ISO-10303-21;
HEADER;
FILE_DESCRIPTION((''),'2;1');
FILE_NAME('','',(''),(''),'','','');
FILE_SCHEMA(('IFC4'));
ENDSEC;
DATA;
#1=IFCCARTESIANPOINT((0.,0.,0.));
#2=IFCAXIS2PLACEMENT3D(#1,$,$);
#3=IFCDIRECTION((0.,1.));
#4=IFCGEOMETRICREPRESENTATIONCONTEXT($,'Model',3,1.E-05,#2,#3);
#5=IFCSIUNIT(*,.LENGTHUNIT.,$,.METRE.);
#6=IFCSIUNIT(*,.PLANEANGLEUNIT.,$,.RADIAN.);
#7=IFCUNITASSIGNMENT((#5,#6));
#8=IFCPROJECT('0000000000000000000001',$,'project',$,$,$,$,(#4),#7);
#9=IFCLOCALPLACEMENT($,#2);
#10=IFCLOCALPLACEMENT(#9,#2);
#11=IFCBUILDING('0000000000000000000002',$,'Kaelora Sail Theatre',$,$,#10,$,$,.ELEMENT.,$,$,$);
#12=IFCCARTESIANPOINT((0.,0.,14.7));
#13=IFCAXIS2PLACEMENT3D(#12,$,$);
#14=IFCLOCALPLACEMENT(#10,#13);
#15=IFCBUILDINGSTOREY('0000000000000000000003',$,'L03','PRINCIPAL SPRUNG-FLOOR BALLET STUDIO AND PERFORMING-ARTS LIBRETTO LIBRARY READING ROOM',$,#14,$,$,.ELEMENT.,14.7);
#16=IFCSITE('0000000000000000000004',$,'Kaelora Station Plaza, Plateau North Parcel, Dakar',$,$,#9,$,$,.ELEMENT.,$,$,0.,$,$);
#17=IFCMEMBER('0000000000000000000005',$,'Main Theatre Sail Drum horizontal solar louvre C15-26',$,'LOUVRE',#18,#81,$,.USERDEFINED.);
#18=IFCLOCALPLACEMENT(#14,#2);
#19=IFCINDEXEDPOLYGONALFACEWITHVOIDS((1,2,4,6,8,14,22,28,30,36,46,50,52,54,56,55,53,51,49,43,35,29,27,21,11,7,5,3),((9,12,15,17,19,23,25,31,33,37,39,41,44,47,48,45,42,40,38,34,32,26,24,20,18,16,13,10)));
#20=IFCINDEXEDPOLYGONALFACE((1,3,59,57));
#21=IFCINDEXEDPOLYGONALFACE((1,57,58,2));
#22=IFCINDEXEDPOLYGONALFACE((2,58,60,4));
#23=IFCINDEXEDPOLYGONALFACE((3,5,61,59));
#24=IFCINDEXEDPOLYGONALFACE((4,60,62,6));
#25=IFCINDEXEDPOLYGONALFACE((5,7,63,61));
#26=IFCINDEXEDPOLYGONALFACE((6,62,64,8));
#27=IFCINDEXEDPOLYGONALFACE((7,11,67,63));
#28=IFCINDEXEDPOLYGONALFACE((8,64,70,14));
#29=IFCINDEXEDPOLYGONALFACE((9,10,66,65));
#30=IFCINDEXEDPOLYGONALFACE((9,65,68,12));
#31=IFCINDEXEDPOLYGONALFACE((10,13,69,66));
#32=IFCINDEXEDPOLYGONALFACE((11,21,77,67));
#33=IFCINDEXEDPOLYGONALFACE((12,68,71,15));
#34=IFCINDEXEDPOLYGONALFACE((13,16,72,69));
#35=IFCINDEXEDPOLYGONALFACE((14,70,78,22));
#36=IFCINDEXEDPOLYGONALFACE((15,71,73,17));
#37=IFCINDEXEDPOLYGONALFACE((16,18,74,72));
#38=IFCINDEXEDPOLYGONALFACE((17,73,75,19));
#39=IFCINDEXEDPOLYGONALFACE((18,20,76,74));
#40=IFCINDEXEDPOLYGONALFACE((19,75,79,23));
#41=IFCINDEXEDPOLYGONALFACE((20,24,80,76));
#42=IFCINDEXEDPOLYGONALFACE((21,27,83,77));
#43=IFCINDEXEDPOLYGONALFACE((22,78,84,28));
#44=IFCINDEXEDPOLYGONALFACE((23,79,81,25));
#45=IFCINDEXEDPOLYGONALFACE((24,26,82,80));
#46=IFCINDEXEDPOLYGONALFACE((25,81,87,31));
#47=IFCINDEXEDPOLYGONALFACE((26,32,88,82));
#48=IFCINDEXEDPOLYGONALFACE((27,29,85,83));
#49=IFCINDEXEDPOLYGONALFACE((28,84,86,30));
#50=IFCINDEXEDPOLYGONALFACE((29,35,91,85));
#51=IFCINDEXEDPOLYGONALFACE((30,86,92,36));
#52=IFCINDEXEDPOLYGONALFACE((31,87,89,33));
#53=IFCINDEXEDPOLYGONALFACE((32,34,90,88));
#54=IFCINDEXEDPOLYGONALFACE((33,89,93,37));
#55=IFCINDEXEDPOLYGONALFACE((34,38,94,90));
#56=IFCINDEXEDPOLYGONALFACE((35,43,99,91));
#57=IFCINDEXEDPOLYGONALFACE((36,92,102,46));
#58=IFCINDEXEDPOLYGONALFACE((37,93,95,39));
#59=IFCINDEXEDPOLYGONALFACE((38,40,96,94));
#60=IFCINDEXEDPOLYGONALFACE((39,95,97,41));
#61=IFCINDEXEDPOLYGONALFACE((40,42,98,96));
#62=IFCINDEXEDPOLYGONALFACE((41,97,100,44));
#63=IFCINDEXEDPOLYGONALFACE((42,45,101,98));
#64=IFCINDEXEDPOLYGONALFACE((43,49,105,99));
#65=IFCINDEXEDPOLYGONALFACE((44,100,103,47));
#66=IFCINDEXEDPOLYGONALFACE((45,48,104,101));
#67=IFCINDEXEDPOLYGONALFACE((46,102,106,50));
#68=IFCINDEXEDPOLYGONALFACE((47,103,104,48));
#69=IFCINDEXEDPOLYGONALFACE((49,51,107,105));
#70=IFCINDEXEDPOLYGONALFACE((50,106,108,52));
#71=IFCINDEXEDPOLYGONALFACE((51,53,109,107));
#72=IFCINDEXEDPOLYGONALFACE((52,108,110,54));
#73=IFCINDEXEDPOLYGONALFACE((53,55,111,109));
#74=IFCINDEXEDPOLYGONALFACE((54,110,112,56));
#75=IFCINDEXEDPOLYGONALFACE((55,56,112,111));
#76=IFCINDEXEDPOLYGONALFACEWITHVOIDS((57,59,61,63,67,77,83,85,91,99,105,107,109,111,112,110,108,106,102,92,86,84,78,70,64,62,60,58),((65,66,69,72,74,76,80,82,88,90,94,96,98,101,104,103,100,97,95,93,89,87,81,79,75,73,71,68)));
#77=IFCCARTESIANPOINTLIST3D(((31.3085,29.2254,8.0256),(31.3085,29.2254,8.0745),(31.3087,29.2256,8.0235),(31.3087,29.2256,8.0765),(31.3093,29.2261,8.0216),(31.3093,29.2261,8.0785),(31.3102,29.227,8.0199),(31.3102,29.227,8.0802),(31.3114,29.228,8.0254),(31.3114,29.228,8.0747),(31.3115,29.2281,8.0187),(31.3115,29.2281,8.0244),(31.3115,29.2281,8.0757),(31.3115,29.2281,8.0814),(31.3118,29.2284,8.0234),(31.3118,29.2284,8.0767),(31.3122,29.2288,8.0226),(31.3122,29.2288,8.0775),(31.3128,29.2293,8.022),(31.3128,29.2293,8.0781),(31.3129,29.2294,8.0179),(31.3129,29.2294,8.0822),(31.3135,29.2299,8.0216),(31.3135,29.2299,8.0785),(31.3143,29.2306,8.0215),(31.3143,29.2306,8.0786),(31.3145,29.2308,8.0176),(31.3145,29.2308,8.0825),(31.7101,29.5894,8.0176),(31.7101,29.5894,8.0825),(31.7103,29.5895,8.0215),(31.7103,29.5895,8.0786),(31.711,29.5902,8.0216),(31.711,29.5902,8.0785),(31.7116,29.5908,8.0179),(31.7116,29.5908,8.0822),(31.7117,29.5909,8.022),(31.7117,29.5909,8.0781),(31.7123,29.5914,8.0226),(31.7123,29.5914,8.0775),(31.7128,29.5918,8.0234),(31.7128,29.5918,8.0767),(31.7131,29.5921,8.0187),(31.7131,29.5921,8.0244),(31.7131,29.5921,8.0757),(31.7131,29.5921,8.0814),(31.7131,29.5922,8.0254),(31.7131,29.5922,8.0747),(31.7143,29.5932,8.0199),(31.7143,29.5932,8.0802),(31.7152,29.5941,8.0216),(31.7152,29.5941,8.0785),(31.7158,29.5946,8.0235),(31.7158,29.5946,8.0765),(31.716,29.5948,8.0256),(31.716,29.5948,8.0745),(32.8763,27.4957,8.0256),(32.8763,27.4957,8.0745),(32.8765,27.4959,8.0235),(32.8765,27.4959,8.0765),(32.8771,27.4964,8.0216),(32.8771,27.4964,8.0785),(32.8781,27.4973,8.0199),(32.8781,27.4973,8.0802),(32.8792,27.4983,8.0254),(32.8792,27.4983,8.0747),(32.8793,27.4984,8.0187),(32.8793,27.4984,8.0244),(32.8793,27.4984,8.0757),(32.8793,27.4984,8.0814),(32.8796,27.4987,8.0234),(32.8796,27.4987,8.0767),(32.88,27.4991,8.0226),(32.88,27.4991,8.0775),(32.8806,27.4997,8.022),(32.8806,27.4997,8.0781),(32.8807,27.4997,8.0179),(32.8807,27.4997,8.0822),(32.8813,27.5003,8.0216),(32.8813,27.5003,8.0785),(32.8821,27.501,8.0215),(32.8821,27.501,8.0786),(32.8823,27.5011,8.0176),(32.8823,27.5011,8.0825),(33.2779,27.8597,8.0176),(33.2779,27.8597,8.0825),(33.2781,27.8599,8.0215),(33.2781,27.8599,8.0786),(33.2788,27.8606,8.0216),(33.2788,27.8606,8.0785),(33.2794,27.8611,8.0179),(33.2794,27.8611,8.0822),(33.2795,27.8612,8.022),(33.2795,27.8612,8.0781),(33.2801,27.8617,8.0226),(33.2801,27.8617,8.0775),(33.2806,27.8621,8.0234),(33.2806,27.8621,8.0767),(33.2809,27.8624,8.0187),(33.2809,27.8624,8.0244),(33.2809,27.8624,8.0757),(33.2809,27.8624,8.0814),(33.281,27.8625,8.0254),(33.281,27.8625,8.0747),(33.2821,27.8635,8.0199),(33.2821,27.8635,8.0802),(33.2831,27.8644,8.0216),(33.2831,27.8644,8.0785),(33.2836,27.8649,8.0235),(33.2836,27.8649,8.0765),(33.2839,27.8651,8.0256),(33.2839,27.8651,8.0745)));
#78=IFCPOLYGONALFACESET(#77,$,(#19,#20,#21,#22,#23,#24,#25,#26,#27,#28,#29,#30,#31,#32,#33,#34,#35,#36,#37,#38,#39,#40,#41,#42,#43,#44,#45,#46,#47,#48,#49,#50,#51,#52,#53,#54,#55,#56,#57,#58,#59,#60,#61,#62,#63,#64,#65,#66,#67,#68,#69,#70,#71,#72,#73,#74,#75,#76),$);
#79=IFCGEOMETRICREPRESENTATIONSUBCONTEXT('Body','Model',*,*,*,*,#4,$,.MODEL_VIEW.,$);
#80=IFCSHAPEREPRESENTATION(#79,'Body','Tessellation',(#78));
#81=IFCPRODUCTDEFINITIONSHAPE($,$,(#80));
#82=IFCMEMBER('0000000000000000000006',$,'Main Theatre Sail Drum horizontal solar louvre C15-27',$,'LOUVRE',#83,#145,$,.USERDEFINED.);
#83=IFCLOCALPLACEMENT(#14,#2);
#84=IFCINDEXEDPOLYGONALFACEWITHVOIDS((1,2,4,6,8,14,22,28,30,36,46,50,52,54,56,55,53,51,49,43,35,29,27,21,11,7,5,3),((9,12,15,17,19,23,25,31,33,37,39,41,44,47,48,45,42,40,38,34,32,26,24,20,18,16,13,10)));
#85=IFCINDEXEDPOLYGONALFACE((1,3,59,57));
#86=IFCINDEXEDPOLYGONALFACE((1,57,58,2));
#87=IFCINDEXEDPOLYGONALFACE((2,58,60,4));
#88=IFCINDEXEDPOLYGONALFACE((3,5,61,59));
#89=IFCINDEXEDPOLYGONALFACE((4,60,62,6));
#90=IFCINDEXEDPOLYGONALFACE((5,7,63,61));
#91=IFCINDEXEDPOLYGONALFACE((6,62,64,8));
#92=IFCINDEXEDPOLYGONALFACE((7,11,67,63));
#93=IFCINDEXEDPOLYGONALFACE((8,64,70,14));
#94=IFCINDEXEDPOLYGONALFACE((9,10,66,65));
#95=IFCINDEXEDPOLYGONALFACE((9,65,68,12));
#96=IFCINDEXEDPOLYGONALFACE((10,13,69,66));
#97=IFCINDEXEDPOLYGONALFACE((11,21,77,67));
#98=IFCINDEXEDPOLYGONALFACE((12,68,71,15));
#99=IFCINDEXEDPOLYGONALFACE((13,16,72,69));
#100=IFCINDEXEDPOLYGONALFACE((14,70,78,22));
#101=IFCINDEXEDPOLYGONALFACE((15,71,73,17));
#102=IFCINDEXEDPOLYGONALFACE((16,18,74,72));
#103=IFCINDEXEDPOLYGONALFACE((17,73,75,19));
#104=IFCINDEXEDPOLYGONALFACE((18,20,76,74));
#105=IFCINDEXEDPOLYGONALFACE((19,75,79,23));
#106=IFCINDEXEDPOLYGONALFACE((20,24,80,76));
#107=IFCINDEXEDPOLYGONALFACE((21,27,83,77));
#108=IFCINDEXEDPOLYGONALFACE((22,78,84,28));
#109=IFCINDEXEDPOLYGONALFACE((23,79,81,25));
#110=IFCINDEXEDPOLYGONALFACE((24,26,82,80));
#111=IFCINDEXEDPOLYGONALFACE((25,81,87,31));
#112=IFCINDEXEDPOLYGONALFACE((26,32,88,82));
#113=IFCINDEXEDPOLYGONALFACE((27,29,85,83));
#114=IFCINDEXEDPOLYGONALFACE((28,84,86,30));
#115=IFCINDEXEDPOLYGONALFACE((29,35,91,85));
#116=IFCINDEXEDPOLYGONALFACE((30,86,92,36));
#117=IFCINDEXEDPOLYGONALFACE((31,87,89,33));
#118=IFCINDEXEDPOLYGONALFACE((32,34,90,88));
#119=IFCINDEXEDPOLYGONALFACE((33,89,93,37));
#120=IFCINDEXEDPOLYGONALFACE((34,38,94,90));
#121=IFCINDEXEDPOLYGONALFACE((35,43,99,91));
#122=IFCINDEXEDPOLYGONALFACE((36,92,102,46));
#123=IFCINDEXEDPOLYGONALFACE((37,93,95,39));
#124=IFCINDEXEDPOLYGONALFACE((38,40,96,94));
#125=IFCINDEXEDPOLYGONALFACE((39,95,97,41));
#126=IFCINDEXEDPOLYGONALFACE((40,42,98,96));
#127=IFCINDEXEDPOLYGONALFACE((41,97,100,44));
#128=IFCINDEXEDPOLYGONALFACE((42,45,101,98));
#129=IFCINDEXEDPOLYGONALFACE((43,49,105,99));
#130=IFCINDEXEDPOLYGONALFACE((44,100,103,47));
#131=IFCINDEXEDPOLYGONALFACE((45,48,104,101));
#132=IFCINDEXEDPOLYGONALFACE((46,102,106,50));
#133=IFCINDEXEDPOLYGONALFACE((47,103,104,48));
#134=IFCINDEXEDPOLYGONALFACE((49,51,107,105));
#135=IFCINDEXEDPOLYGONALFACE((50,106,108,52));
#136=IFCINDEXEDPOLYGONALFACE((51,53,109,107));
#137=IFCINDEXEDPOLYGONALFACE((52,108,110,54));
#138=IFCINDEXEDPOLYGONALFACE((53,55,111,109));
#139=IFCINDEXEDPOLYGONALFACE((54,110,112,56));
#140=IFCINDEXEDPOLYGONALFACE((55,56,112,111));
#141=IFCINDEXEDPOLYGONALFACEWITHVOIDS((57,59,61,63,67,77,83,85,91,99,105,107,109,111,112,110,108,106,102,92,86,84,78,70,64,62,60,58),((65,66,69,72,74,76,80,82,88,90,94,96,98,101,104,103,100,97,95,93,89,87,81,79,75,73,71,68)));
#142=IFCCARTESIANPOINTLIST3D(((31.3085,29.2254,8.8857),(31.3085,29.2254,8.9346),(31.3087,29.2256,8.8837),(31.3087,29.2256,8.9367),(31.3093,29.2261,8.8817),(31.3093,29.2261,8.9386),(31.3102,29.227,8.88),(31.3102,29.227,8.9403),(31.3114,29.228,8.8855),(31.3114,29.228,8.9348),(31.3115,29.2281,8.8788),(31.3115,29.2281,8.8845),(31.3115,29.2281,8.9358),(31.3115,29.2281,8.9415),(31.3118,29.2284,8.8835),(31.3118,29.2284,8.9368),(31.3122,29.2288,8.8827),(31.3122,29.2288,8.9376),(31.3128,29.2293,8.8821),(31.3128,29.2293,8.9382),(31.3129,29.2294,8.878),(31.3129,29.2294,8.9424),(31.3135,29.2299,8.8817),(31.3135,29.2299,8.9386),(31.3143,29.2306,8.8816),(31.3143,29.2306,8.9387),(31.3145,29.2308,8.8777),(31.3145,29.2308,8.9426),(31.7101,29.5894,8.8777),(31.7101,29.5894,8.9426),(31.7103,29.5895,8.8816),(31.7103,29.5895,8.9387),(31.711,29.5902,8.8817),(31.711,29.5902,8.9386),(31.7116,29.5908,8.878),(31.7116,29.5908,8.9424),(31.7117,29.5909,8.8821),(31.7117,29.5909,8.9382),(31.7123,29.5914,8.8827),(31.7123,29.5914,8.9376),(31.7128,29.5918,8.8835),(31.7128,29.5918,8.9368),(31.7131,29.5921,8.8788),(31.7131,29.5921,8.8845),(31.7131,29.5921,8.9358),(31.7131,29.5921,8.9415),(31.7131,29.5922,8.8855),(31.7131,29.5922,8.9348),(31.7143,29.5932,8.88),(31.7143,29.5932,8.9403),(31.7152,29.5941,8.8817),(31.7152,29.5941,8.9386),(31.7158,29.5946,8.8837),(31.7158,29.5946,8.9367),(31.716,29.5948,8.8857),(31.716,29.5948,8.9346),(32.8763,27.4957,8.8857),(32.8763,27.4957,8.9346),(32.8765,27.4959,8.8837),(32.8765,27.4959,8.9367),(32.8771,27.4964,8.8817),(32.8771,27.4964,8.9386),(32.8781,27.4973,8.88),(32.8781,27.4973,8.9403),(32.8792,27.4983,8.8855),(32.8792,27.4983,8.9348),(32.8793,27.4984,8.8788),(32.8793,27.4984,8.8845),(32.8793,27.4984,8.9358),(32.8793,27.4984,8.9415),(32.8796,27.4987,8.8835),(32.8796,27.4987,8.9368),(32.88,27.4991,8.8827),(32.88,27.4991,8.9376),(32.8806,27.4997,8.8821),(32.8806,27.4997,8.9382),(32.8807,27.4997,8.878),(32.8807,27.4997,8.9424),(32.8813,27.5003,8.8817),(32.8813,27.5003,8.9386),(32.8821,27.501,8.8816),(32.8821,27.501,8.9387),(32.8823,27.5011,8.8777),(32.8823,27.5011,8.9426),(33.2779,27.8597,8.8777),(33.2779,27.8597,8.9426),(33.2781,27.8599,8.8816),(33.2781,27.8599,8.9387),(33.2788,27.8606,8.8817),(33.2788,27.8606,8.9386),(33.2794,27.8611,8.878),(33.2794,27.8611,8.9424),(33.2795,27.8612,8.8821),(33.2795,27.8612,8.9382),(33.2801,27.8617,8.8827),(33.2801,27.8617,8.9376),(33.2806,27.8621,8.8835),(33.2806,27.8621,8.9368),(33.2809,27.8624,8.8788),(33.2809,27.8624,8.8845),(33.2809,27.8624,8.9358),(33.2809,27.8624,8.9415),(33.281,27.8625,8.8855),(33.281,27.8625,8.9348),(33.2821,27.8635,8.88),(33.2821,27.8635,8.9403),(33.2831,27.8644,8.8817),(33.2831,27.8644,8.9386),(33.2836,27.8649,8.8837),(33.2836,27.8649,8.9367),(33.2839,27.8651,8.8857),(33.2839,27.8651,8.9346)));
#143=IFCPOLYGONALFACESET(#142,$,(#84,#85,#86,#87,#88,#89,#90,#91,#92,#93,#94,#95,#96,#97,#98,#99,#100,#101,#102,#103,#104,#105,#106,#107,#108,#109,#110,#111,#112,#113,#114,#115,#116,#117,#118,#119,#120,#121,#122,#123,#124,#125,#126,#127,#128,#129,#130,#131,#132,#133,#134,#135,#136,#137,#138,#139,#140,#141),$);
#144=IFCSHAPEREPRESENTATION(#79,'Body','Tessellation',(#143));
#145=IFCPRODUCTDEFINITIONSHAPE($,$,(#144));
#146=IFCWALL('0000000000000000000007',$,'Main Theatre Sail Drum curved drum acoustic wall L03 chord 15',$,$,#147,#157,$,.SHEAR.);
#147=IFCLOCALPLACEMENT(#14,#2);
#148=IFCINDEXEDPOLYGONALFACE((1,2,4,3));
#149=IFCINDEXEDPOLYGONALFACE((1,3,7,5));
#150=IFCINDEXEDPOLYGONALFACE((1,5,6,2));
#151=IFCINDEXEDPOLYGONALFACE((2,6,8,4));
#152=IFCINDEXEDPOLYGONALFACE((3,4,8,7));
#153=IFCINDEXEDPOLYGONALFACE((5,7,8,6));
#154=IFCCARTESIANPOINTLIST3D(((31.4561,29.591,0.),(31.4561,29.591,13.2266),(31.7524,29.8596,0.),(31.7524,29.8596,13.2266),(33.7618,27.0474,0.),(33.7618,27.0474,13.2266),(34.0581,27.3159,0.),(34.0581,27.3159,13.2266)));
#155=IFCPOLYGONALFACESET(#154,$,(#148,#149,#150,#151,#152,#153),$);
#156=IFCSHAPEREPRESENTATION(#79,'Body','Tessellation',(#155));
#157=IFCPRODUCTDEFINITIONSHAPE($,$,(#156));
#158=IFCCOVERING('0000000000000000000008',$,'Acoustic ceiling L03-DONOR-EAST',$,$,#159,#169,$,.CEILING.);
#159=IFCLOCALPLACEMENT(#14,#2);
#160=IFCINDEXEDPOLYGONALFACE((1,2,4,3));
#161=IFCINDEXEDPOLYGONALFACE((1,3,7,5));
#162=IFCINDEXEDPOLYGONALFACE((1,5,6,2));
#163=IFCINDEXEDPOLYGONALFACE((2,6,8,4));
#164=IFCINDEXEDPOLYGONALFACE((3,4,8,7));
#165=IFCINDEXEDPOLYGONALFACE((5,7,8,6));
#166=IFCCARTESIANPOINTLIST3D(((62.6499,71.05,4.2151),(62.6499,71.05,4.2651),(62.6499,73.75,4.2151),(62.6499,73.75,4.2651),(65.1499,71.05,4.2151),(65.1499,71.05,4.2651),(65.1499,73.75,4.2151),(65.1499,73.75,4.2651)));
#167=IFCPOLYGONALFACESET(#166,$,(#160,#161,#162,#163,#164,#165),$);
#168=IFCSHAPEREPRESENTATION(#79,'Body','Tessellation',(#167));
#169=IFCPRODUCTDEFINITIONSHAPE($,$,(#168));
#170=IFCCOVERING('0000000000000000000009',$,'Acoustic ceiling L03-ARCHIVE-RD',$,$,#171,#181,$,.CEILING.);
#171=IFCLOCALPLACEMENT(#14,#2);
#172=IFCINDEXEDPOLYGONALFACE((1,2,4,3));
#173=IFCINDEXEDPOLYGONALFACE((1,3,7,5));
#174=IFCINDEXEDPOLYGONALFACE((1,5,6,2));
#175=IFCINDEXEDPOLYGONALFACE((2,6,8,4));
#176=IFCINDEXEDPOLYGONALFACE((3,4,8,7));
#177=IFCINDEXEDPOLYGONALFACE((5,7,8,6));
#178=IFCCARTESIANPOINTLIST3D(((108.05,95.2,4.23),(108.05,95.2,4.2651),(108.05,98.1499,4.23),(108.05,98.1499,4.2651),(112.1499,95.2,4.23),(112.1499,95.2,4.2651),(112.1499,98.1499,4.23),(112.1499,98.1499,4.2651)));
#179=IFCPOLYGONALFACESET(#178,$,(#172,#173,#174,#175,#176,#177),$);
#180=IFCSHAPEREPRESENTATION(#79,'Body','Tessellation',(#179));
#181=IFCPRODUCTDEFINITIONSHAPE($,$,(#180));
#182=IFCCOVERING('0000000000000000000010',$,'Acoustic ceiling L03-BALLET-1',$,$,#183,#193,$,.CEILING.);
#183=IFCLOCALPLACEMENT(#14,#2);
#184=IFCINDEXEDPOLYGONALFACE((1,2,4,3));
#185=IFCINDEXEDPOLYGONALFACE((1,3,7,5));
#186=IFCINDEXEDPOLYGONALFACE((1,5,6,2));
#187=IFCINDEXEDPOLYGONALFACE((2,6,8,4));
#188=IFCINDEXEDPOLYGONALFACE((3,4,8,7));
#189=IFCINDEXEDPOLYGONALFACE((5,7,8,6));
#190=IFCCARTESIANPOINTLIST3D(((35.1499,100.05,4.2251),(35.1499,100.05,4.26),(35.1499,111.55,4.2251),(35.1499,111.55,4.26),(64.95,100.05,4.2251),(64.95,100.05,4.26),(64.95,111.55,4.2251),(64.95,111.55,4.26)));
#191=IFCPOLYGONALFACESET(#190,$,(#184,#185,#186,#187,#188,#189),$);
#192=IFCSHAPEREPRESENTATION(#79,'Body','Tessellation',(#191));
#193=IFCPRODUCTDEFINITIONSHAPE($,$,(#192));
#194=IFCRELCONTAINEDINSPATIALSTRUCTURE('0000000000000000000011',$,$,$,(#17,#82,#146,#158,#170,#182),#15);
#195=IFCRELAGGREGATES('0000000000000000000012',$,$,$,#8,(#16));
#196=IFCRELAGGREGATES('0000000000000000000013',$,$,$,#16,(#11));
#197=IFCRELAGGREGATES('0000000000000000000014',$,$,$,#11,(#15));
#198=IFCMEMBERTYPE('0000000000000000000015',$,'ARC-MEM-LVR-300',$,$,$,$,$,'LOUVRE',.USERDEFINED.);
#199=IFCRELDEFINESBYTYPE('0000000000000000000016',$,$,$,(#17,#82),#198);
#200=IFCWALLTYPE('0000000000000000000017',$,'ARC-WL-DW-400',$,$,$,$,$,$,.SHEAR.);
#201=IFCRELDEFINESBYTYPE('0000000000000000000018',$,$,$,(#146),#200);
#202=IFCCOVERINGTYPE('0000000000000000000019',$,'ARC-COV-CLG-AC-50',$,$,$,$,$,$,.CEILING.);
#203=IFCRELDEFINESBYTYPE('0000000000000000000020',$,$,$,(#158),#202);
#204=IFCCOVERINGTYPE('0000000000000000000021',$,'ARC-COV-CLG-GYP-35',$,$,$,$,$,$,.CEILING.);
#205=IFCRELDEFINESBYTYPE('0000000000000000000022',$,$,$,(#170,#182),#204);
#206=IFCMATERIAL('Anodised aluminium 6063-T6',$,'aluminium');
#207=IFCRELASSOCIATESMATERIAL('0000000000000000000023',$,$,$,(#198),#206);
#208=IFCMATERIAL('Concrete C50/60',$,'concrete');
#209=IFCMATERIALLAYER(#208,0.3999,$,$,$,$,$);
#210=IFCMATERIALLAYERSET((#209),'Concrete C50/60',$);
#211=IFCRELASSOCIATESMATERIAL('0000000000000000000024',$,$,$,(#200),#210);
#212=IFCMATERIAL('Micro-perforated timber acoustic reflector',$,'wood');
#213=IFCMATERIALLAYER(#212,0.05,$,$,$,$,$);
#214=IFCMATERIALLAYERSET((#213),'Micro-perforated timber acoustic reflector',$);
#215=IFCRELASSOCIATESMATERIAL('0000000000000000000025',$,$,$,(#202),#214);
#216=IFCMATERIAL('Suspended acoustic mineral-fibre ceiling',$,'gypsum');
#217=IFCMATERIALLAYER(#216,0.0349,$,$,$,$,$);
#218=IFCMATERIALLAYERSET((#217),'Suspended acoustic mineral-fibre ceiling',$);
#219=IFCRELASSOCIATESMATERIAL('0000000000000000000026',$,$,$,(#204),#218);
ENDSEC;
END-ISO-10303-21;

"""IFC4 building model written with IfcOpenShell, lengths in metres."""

from ifc_helpers import new_model, si_unit, direction, frame, frame_2d, origin, origin_2d, place, context, subcontext, project, spatial, polyline, rectangle, hollow_rectangle, outline, extrude, material, layer, layer_set, material_profile, profile_set, type_object, element, save


model = new_model("IFC4")

# Units and contexts
model_context = context("Model", 3, precision=1e-05, world=origin(), true_north=direction((0.0, 1.0)))
body_context = subcontext(model_context, "Body", "Model", "MODEL_VIEW")
ifc_project = project(units=[si_unit("LENGTHUNIT", "METRE"), si_unit("PLANEANGLEUNIT", "RADIAN")], contexts=[model_context])

# Site, building, storey
site_placement = place(None, origin())
site = spatial("IfcSite", under=ifc_project, at=site_placement, Name="Kaelora Station Plaza, Plateau North Parcel, Dakar", CompositionType="ELEMENT", RefElevation=0.0)
building_placement = place(site_placement, origin())
building = spatial("IfcBuilding", under=site, at=building_placement, Name="Kaelora Sail Theatre", CompositionType="ELEMENT")
storey_placement = place(building_placement, frame((0.0, 0.0, 14.7)))
storey = spatial("IfcBuildingStorey", under=building, at=storey_placement, Name="L03", Description="PRINCIPAL SPRUNG-FLOOR BALLET STUDIO AND PERFORMING-ARTS LIBRETTO LIBRARY READING ROOM", CompositionType="ELEMENT", Elevation=14.7)

# Members
ifc_material_1 = material(Name="Anodised aluminium 6063-T6", Category="aluminium")
ifc_material_profile_1 = material_profile(ifc_material_1, hollow_rectangle(XDim=0.55, YDim=0.0649, WallThickness=0.0039, InnerFilletRadius=0.0039, OuterFilletRadius=0.0081, at=origin_2d()), Name="LOUVRE 550x65x4")
ifc_profile_set_1 = profile_set([ifc_material_profile_1], Name="Anodised aluminium 6063-T6")
member_type = type_object("IfcMemberType", Name="ARC-MEM-LVR-300", ElementType="LOUVRE", PredefinedType="USERDEFINED", material=ifc_profile_set_1)
for number, where, z_axis, x_axis, name in (
    (1, (33.0801, 27.6804, 8.05), (-0.671589, 0.740924, 0.0), (-0.740924, -0.671589, 0.0), "Main Theatre Sail Drum horizontal solar louvre C15-26"),
    (2, (33.0801, 27.6804, 8.9102), (-0.671589, 0.740924, 0.0), (-0.740924, -0.671589, 0.0), "Main Theatre Sail Drum horizontal solar louvre C15-27"),
):
    element("IfcMember", number, at=place(storey_placement, frame(where, z_axis=z_axis, x_axis=x_axis)), inside=storey, type_object=member_type, Name=name, ObjectType="LOUVRE", PredefinedType="USERDEFINED", context=body_context, shape_type="SweptSolid", body=[
        extrude(hollow_rectangle(XDim=0.55, YDim=0.0649, WallThickness=0.0039, InnerFilletRadius=0.0039, OuterFilletRadius=0.0081, at=origin_2d()), origin(), (0.0, 0.0, 1.0), 2.3345),
    ])

# Wall
ifc_material_2 = material(Name="Concrete C50/60", Category="concrete")
ifc_layer_1 = layer(ifc_material_2, 0.3999)
ifc_layer_set_1 = layer_set([ifc_layer_1], Name="Concrete C50/60")
wall_type = type_object("IfcWallType", Name="ARC-WL-DW-400", PredefinedType="SHEAR", material=ifc_layer_set_1)
wall_placement = place(storey_placement, frame((33.9099, 27.1816, 0.0), z_axis=(0.0, 0.0, 1.0), x_axis=(-0.671589, 0.740924, 0.0)))
element("IfcWall", 3, at=wall_placement, inside=storey, type_object=wall_type, Name="Main Theatre Sail Drum curved drum acoustic wall L03 chord 15", PredefinedType="SHEAR", context=body_context, shape_type="SweptSolid", body=[
    extrude(rectangle(XDim=3.4331, YDim=0.3999, at=frame_2d((1.7166, 0.0))), origin(), (0.0, 0.0, 1.0), 13.2266),
])

# Coverings
ifc_material_3 = material(Name="Micro-perforated timber acoustic reflector", Category="wood")
ifc_layer_2 = layer(ifc_material_3, 0.05)
ifc_layer_set_2 = layer_set([ifc_layer_2], Name="Micro-perforated timber acoustic reflector")
covering_type_1 = type_object("IfcCoveringType", Name="ARC-COV-CLG-AC-50", PredefinedType="CEILING", material=ifc_layer_set_2)
covering_1_placement = place(storey_placement, frame((0.0, 0.0, 4.2151)))
element("IfcCovering", 4, at=covering_1_placement, inside=storey, type_object=covering_type_1, Name="Acoustic ceiling L03-DONOR-EAST", PredefinedType="CEILING", context=body_context, shape_type="SweptSolid", body=[
    extrude(outline(polyline([(62.6499, 71.05), (65.1499, 71.05), (65.1499, 73.75), (62.6499, 73.75), (62.6499, 71.05)])), origin(), (0.0, 0.0, 1.0), 0.05),
])
ifc_material_4 = material(Name="Suspended acoustic mineral-fibre ceiling", Category="gypsum")
ifc_layer_3 = layer(ifc_material_4, 0.0349)
ifc_layer_set_3 = layer_set([ifc_layer_3], Name="Suspended acoustic mineral-fibre ceiling")
covering_type_2 = type_object("IfcCoveringType", Name="ARC-COV-CLG-GYP-35", PredefinedType="CEILING", material=ifc_layer_set_3)
covering_2_placement = place(storey_placement, frame((0.0, 0.0, 4.23)))
element("IfcCovering", 5, at=covering_2_placement, inside=storey, type_object=covering_type_2, Name="Acoustic ceiling L03-ARCHIVE-RD", PredefinedType="CEILING", context=body_context, shape_type="SweptSolid", body=[
    extrude(outline(polyline([(108.05, 95.2), (112.1499, 95.2), (112.1499, 98.1499), (108.05, 98.1499), (108.05, 95.2)])), origin(), (0.0, 0.0, 1.0), 0.0352),
])
covering_3_placement = place(storey_placement, frame((0.0, 0.0, 4.2251)))
element("IfcCovering", 6, at=covering_3_placement, inside=storey, type_object=covering_type_2, Name="Acoustic ceiling L03-BALLET-1", PredefinedType="CEILING", context=body_context, shape_type="SweptSolid", body=[
    extrude(outline(polyline([(35.1499, 100.05), (64.95, 100.05), (64.95, 111.55), (35.1499, 111.55), (35.1499, 100.05)])), origin(), (0.0, 0.0, 1.0), 0.0349),
])

save(model, "model.ifc")
